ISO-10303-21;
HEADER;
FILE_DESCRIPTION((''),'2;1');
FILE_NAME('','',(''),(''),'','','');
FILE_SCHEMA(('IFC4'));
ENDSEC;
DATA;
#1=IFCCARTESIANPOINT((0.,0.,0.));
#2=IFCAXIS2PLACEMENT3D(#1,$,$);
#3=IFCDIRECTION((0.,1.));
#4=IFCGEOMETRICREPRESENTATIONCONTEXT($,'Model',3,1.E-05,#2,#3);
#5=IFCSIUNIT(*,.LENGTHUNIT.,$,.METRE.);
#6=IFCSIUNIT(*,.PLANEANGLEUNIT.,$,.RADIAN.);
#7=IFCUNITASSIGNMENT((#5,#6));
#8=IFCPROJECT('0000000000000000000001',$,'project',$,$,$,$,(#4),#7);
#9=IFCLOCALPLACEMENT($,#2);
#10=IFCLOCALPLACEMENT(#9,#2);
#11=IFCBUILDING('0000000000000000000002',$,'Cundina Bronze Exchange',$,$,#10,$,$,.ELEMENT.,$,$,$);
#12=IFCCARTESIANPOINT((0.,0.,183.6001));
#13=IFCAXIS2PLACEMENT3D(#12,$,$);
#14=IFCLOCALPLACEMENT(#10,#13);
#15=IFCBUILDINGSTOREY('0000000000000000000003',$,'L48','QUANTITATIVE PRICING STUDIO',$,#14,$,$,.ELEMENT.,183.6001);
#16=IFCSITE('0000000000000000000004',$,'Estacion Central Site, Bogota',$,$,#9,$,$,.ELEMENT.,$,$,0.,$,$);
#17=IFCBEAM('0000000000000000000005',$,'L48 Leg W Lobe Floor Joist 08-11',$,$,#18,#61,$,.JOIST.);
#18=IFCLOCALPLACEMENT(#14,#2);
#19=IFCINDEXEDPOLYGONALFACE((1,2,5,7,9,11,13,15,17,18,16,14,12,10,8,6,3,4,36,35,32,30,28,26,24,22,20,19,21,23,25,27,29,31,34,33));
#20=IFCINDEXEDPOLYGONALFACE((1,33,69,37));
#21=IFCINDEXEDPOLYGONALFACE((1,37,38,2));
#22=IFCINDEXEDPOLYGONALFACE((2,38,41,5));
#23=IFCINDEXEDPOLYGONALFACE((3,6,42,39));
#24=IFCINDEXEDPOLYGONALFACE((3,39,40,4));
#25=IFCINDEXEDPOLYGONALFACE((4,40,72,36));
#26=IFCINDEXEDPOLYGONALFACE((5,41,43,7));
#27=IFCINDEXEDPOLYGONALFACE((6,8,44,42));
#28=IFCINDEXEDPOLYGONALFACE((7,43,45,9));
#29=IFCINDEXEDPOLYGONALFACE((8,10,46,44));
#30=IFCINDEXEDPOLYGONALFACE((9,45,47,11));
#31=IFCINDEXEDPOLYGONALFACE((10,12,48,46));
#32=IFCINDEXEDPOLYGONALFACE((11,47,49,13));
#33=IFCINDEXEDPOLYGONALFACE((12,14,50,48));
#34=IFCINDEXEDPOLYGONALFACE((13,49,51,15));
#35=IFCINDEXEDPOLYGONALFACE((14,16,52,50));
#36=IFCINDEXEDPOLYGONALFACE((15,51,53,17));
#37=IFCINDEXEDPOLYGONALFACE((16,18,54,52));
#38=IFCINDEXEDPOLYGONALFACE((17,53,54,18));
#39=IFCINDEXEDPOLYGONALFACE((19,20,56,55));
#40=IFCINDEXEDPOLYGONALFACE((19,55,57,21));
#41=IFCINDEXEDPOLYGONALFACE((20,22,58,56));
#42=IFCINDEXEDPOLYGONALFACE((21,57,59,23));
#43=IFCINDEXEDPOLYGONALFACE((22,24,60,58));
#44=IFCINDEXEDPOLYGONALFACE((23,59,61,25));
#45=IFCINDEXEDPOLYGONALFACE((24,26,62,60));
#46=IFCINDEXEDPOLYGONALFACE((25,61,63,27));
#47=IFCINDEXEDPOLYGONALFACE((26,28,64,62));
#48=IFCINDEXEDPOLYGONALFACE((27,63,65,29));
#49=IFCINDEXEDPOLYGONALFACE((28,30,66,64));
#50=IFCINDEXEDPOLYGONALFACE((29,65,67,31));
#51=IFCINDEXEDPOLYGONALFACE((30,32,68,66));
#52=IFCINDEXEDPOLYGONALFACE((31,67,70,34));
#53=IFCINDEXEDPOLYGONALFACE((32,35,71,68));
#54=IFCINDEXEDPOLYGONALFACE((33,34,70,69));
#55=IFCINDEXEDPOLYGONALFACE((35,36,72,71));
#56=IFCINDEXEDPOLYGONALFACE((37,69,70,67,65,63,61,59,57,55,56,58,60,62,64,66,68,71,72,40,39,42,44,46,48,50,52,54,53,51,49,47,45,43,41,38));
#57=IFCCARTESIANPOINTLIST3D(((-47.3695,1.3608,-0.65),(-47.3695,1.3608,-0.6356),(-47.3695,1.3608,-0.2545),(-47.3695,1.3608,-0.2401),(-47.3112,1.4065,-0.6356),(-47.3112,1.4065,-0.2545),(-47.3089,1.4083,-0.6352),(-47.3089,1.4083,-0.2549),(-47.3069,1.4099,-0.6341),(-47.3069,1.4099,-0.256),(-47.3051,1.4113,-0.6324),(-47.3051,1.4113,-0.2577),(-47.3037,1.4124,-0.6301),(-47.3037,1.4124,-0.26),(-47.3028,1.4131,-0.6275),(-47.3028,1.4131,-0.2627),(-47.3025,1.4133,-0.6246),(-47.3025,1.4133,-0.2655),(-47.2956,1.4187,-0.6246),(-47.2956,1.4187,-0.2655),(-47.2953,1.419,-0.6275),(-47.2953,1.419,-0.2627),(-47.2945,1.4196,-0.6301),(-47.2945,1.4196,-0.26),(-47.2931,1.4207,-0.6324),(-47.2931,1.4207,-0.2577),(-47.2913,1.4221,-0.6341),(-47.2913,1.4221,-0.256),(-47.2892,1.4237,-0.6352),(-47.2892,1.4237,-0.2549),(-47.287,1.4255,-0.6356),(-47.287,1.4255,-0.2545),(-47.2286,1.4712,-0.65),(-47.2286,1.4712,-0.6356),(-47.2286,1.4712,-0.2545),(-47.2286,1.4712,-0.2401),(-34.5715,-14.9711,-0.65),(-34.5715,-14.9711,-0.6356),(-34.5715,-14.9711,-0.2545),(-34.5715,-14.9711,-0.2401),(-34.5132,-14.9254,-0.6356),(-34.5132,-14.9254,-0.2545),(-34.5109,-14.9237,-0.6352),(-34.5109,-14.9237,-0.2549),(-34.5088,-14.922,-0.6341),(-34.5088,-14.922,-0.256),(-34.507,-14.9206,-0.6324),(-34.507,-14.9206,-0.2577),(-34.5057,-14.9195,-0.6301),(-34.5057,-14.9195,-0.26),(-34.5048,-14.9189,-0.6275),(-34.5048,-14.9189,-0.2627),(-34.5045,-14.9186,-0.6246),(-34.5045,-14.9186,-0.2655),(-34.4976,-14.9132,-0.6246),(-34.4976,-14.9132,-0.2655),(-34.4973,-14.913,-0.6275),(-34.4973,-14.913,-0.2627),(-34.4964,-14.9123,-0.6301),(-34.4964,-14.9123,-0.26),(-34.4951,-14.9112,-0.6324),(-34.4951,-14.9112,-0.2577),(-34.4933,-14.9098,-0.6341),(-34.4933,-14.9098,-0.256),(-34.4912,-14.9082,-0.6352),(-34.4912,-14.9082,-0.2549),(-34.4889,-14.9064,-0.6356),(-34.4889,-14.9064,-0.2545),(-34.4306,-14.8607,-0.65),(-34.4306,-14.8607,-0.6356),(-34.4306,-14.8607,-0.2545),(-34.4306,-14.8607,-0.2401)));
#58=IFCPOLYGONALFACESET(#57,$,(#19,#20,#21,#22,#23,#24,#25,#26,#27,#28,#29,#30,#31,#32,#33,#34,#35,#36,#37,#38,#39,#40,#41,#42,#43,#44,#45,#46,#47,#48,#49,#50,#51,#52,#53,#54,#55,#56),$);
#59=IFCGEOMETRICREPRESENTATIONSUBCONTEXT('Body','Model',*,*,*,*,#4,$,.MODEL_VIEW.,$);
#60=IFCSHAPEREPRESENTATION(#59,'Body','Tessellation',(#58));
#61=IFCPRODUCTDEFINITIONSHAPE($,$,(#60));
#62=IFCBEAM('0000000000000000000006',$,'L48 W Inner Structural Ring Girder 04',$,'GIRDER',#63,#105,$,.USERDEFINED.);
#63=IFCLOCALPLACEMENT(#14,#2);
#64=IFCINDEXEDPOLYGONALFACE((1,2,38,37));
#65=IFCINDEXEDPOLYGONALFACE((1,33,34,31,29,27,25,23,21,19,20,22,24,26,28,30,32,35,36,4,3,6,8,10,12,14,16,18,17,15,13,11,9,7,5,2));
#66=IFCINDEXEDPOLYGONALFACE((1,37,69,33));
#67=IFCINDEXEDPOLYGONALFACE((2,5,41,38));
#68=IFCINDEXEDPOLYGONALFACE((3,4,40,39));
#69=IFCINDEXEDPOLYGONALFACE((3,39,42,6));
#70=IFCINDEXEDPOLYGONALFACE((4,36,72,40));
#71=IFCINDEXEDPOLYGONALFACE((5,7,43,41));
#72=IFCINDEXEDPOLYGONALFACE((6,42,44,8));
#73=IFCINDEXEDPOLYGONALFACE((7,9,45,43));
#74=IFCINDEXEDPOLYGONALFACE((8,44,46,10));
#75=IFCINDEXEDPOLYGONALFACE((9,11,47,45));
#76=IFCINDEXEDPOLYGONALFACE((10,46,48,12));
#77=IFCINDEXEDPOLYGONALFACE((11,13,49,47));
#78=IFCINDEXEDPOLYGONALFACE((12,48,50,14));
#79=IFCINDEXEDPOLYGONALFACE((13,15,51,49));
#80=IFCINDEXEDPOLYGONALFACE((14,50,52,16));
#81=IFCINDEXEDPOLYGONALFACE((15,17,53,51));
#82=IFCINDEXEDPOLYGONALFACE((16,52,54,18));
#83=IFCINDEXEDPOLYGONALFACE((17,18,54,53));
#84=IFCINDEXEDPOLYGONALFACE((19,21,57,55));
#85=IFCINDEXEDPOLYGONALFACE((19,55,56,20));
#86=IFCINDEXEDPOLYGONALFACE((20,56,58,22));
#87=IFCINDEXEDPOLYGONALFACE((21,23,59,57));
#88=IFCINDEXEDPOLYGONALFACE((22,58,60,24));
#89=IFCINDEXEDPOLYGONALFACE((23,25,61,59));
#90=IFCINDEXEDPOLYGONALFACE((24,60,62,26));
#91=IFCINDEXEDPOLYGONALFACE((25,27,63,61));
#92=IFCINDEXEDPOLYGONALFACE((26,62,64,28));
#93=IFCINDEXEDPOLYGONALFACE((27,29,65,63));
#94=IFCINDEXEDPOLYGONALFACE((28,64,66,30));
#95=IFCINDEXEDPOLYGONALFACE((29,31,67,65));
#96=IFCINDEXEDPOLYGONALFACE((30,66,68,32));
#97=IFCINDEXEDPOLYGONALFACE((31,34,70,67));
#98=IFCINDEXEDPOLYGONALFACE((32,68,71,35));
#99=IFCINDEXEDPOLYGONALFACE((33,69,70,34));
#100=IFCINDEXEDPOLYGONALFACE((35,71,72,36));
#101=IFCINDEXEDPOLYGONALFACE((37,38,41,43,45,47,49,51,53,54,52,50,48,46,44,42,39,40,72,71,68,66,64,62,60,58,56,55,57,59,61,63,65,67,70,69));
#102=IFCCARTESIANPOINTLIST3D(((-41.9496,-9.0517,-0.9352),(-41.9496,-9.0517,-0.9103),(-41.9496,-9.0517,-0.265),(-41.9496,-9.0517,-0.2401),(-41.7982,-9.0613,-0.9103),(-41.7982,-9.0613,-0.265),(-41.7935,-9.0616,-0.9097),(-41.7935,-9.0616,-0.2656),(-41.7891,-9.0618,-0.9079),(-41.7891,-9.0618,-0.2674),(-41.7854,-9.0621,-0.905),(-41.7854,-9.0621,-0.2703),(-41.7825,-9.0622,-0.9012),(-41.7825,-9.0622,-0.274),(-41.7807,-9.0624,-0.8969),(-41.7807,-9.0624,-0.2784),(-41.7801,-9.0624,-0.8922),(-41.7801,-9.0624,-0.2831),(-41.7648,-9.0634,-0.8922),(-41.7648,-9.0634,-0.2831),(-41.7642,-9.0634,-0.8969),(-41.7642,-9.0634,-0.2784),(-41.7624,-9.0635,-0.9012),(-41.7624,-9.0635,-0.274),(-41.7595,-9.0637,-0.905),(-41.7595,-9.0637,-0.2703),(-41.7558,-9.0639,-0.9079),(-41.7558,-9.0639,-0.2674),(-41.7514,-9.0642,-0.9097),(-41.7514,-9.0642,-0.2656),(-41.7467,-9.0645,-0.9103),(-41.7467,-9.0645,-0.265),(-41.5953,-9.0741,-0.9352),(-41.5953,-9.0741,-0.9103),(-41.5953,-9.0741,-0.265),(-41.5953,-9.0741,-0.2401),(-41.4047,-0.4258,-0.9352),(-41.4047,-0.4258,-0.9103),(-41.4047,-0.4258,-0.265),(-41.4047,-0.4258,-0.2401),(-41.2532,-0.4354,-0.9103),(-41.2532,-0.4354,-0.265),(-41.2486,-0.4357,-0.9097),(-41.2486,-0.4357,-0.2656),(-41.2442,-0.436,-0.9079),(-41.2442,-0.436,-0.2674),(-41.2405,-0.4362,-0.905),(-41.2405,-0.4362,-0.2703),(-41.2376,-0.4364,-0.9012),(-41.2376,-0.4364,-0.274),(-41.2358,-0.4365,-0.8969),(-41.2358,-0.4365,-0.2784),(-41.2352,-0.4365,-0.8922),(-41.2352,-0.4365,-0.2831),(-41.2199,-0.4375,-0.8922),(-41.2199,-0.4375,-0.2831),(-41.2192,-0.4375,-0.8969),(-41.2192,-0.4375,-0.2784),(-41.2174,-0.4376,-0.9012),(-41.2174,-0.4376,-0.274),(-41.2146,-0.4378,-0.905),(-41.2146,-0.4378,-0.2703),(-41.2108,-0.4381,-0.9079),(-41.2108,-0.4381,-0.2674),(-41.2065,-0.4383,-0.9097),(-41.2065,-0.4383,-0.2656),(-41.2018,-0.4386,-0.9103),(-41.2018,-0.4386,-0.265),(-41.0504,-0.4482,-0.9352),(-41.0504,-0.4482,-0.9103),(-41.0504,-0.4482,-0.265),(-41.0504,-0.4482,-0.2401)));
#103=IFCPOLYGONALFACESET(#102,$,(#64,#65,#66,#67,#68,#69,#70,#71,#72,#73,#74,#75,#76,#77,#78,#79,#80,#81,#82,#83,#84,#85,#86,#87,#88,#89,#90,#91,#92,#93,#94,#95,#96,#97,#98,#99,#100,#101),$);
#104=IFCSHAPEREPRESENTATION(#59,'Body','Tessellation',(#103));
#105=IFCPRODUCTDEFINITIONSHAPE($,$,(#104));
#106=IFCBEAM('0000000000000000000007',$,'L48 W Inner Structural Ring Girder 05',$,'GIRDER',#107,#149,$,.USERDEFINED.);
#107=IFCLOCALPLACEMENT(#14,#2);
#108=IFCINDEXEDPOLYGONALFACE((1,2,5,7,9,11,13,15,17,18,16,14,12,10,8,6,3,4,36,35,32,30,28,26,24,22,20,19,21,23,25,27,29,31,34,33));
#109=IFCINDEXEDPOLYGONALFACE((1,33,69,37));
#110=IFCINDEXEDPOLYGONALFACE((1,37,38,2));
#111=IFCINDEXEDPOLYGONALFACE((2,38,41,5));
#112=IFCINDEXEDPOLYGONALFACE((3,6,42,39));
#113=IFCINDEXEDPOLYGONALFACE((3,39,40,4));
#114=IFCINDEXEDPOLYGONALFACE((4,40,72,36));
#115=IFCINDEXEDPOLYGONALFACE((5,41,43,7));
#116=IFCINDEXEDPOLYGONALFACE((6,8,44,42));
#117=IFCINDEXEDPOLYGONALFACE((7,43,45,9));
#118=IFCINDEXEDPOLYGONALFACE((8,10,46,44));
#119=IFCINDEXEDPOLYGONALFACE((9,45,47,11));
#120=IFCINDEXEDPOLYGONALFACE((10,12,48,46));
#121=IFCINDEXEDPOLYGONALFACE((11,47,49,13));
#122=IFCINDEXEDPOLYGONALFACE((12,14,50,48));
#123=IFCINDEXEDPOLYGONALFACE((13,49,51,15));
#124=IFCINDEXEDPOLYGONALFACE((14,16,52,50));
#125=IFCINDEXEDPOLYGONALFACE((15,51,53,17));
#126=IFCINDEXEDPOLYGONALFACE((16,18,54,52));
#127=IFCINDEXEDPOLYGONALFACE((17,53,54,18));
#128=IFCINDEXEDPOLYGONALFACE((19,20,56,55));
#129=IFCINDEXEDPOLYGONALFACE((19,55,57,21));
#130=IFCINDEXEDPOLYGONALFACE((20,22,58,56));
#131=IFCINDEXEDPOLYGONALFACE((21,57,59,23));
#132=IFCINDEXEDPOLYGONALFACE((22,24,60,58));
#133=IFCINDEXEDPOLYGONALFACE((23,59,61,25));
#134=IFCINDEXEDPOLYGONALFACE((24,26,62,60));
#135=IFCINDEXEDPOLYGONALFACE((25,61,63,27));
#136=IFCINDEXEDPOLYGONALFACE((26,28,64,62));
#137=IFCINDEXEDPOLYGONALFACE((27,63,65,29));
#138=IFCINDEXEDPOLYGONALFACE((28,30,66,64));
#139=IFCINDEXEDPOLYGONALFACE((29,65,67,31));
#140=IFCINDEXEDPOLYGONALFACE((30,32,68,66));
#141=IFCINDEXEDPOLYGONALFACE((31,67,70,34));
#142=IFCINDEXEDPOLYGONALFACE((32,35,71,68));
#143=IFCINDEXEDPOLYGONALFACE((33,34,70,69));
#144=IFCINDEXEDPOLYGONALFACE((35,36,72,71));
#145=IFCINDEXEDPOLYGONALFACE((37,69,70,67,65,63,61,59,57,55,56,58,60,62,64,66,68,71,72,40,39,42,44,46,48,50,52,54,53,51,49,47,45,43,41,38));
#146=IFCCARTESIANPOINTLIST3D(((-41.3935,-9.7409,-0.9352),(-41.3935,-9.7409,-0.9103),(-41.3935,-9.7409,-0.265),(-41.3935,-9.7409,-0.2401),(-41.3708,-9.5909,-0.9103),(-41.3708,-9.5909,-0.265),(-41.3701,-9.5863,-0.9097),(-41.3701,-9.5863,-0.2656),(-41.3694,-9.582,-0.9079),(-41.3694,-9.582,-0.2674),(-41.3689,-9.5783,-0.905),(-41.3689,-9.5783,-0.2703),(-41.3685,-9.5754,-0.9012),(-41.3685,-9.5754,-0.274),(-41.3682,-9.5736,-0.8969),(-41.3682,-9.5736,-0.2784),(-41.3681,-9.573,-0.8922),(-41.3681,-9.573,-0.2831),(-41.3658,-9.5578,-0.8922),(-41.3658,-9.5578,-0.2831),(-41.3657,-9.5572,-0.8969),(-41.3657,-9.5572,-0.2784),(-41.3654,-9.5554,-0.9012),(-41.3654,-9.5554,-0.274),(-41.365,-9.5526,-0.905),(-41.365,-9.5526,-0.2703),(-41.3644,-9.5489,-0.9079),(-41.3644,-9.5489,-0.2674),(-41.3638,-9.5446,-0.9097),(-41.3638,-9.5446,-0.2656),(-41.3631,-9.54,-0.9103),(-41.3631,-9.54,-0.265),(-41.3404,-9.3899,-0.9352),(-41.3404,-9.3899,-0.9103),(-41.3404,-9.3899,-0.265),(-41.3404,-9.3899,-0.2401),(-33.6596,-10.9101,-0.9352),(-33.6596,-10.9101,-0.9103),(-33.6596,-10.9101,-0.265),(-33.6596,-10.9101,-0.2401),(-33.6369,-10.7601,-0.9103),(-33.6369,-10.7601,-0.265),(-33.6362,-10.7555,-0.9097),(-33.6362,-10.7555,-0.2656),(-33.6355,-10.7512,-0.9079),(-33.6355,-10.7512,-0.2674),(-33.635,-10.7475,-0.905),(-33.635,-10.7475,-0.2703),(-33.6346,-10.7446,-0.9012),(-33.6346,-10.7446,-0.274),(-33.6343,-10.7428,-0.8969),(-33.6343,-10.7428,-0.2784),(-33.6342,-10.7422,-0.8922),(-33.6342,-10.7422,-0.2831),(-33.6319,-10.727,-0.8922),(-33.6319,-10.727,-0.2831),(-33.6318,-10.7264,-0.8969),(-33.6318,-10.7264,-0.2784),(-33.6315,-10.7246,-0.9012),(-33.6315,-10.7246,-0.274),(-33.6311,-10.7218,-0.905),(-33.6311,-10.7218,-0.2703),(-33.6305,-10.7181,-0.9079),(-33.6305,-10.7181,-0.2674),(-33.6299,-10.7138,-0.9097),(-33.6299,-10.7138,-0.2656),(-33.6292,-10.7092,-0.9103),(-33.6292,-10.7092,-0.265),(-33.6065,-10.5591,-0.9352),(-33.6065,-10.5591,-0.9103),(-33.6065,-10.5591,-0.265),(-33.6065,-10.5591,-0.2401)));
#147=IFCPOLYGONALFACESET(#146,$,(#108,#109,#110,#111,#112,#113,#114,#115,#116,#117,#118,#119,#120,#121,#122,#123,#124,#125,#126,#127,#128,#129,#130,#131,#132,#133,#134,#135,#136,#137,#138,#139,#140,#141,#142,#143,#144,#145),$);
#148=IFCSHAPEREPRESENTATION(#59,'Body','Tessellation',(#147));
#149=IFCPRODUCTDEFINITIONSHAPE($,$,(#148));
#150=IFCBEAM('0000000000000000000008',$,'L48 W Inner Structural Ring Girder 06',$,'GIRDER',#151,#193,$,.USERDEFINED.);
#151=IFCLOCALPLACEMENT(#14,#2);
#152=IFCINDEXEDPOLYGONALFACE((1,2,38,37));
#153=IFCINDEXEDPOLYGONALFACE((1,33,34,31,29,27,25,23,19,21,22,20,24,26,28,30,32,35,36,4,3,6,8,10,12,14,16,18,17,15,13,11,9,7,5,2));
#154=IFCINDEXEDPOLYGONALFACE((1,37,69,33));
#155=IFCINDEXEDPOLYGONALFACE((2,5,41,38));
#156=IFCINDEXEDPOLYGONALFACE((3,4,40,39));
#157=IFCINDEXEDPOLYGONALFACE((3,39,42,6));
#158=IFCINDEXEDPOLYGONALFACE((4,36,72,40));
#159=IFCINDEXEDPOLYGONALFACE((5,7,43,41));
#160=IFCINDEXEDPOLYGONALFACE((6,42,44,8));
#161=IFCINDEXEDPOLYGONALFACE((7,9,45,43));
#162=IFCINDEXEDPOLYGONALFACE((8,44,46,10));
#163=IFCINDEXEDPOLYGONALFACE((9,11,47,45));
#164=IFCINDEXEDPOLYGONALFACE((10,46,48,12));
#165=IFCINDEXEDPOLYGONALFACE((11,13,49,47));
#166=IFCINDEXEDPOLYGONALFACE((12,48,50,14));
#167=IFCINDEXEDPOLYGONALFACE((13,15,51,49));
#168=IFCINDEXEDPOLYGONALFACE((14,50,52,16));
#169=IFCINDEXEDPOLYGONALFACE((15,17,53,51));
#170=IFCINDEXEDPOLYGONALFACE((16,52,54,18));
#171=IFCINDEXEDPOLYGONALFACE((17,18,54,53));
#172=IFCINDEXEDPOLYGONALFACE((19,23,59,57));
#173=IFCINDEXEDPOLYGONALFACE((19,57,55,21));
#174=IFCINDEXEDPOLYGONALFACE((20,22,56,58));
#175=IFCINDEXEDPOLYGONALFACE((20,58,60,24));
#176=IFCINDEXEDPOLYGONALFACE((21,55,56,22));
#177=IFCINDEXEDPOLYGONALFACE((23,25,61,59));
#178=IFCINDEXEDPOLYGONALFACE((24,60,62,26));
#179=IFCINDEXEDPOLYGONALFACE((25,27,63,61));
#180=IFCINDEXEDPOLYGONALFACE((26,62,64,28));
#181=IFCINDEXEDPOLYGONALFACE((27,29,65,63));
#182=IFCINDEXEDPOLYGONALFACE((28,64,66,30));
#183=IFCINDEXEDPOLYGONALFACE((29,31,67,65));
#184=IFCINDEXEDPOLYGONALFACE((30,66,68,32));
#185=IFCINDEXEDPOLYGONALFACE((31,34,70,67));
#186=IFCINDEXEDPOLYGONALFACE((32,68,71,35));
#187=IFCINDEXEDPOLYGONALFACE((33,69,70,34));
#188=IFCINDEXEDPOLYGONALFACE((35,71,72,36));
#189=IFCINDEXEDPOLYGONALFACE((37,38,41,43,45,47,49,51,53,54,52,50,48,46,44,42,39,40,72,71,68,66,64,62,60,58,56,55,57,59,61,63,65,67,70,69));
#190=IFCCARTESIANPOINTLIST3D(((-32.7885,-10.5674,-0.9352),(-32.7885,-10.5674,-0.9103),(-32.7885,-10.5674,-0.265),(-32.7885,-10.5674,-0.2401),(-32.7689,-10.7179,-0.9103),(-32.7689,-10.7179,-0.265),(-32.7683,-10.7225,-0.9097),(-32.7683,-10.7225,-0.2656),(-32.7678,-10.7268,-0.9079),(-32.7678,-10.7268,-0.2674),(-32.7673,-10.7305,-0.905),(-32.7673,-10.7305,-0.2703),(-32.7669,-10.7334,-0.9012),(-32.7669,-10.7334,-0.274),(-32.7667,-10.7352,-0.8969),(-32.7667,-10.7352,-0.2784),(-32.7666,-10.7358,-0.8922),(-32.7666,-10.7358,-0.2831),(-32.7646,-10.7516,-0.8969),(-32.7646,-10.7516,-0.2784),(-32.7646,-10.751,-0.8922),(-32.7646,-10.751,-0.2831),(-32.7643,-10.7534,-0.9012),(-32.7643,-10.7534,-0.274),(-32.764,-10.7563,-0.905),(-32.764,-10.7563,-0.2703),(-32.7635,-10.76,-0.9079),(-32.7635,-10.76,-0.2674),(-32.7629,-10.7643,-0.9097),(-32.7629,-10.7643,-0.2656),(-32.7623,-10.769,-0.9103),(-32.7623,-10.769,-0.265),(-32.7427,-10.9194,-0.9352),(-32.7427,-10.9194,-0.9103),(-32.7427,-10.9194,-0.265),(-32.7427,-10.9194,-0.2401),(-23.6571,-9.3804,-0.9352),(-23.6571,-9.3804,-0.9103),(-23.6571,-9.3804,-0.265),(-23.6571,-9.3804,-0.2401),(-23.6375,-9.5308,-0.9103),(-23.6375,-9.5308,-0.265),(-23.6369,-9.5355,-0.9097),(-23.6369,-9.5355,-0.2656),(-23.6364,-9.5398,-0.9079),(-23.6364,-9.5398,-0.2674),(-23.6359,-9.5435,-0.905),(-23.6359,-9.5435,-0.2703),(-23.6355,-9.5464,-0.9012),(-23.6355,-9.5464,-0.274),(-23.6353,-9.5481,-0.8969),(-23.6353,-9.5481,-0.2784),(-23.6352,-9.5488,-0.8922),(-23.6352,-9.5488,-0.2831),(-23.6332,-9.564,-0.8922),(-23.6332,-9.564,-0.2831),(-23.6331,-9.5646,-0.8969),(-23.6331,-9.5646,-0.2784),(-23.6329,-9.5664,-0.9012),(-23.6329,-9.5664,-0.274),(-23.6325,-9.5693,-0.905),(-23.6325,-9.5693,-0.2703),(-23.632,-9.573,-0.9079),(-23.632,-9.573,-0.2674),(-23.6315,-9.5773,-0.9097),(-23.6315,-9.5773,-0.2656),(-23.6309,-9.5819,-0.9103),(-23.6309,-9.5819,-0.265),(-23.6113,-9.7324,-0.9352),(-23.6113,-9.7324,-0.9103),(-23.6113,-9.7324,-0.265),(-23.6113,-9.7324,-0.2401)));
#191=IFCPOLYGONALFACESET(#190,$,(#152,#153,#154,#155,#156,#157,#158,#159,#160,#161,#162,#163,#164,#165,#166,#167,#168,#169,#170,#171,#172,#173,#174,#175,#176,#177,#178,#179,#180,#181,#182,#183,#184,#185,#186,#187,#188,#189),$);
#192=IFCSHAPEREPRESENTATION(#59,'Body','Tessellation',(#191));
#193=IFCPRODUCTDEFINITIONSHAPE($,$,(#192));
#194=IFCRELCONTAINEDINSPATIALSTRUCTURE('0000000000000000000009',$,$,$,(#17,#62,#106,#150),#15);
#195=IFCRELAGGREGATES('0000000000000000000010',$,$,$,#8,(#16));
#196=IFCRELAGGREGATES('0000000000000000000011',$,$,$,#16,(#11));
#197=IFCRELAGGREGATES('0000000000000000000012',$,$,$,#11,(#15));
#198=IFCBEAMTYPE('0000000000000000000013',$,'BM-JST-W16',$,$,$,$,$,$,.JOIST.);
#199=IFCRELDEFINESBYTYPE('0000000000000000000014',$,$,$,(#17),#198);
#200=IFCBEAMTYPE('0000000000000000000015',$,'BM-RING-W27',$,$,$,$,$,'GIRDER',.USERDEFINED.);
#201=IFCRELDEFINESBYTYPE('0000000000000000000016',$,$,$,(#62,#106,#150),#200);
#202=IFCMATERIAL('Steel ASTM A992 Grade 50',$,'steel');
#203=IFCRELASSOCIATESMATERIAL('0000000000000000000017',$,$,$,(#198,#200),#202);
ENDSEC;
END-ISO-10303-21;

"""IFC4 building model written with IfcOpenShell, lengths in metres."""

from ifc_helpers import new_model, si_unit, direction, frame, origin, origin_2d, place, context, subcontext, project, spatial, i_section, extrude, material, material_profile, profile_set, type_object, element, save


model = new_model("IFC4")

# Units and contexts
model_context = context("Model", 3, precision=1e-05, world=origin(), true_north=direction((0.0, 1.0)))
body_context = subcontext(model_context, "Body", "Model", "MODEL_VIEW")
ifc_project = project(units=[si_unit("LENGTHUNIT", "METRE"), si_unit("PLANEANGLEUNIT", "RADIAN")], contexts=[model_context])

# Site, building, storey
site_placement = place(None, origin())
site = spatial("IfcSite", under=ifc_project, at=site_placement, Name="Estacion Central Site, Bogota", CompositionType="ELEMENT", RefElevation=0.0)
building_placement = place(site_placement, origin())
building = spatial("IfcBuilding", under=site, at=building_placement, Name="Cundina Bronze Exchange", CompositionType="ELEMENT")
storey_placement = place(building_placement, frame((0.0, 0.0, 183.6001)))
storey = spatial("IfcBuildingStorey", under=building, at=storey_placement, Name="L48", Description="QUANTITATIVE PRICING STUDIO", CompositionType="ELEMENT", Elevation=183.6001)

# Beams
ifc_material_1 = material(Name="Steel ASTM A992 Grade 50", Category="steel")
ifc_material_profile_1 = material_profile(ifc_material_1, i_section(OverallWidth=0.179, OverallDepth=0.4099, WebThickness=0.0088, FlangeThickness=0.0144, FilletRadius=0.011, at=origin_2d()), Name="W16X45", Category="steel")
ifc_profile_set_1 = profile_set([ifc_material_profile_1], Name="Steel ASTM A992 Grade 50")
beam_type_1 = type_object("IfcBeamType", Name="BM-JST-W16", PredefinedType="JOIST", material=ifc_profile_set_1)
beam_1_placement = place(storey_placement, frame((-47.2991, 1.416, -0.4451), z_axis=(0.616801, -0.787119, 0.0), x_axis=(0.787119, 0.616801, 0.0)))
element("IfcBeam", 1, at=beam_1_placement, inside=storey, type_object=beam_type_1, Name="L48 Leg W Lobe Floor Joist 08-11", PredefinedType="JOIST", context=body_context, shape_type="SweptSolid", body=[
    extrude(i_section(OverallWidth=0.179, OverallDepth=0.4099, WebThickness=0.0088, FlangeThickness=0.0144, FilletRadius=0.011, at=origin_2d()), origin(), (0.0, 0.0, 1.0), 20.749),
])
ifc_material_profile_2 = material_profile(ifc_material_1, i_section(OverallWidth=0.355, OverallDepth=0.6951, WebThickness=0.0154, FlangeThickness=0.0249, FilletRadius=0.0181, at=origin_2d()), Name="W27X146", Category="steel")
ifc_profile_set_2 = profile_set([ifc_material_profile_2], Name="Steel ASTM A992 Grade 50")
beam_type_2 = type_object("IfcBeamType", Name="BM-RING-W27", ElementType="GIRDER", PredefinedType="USERDEFINED", material=ifc_profile_set_2)
beam_2_placement = place(storey_placement, frame((-41.2275, -0.437, -0.5876), z_axis=(-0.063047, -0.998011, 0.0), x_axis=(0.998011, -0.063047, 0.0)))
element("IfcBeam", 2, at=beam_2_placement, inside=storey, type_object=beam_type_2, Name="L48 W Inner Structural Ring Girder 04", ObjectType="GIRDER", PredefinedType="USERDEFINED", context=body_context, shape_type="SweptSolid", body=[
    extrude(i_section(OverallWidth=0.355, OverallDepth=0.6951, WebThickness=0.0154, FlangeThickness=0.0249, FilletRadius=0.0181, at=origin_2d()), origin(), (0.0, 0.0, 1.0), 8.6431),
])
beam_3_placement = place(storey_placement, frame((-41.3669, -9.5654, -0.5876), z_axis=(0.988765, -0.149479, 0.0), x_axis=(0.149479, 0.988765, 0.0)))
element("IfcBeam", 3, at=beam_3_placement, inside=storey, type_object=beam_type_2, Name="L48 W Inner Structural Ring Girder 05", ObjectType="GIRDER", PredefinedType="USERDEFINED", context=body_context, shape_type="SweptSolid", body=[
    extrude(i_section(OverallWidth=0.355, OverallDepth=0.6951, WebThickness=0.0154, FlangeThickness=0.0249, FilletRadius=0.0181, at=origin_2d()), origin(), (0.0, 0.0, 1.0), 7.8218),
])
beam_4_placement = place(storey_placement, frame((-32.7656, -10.7434, -0.5876), z_axis=(0.991656, 0.128908, 0.0), x_axis=(-0.128908, 0.991656, 0.0)))
element("IfcBeam", 4, at=beam_4_placement, inside=storey, type_object=beam_type_2, Name="L48 W Inner Structural Ring Girder 06", ObjectType="GIRDER", PredefinedType="USERDEFINED", context=body_context, shape_type="SweptSolid", body=[
    extrude(i_section(OverallWidth=0.355, OverallDepth=0.6951, WebThickness=0.0154, FlangeThickness=0.0249, FilletRadius=0.0181, at=origin_2d()), origin(), (0.0, 0.0, 1.0), 9.2083),
])

save(model, "model.ifc")
